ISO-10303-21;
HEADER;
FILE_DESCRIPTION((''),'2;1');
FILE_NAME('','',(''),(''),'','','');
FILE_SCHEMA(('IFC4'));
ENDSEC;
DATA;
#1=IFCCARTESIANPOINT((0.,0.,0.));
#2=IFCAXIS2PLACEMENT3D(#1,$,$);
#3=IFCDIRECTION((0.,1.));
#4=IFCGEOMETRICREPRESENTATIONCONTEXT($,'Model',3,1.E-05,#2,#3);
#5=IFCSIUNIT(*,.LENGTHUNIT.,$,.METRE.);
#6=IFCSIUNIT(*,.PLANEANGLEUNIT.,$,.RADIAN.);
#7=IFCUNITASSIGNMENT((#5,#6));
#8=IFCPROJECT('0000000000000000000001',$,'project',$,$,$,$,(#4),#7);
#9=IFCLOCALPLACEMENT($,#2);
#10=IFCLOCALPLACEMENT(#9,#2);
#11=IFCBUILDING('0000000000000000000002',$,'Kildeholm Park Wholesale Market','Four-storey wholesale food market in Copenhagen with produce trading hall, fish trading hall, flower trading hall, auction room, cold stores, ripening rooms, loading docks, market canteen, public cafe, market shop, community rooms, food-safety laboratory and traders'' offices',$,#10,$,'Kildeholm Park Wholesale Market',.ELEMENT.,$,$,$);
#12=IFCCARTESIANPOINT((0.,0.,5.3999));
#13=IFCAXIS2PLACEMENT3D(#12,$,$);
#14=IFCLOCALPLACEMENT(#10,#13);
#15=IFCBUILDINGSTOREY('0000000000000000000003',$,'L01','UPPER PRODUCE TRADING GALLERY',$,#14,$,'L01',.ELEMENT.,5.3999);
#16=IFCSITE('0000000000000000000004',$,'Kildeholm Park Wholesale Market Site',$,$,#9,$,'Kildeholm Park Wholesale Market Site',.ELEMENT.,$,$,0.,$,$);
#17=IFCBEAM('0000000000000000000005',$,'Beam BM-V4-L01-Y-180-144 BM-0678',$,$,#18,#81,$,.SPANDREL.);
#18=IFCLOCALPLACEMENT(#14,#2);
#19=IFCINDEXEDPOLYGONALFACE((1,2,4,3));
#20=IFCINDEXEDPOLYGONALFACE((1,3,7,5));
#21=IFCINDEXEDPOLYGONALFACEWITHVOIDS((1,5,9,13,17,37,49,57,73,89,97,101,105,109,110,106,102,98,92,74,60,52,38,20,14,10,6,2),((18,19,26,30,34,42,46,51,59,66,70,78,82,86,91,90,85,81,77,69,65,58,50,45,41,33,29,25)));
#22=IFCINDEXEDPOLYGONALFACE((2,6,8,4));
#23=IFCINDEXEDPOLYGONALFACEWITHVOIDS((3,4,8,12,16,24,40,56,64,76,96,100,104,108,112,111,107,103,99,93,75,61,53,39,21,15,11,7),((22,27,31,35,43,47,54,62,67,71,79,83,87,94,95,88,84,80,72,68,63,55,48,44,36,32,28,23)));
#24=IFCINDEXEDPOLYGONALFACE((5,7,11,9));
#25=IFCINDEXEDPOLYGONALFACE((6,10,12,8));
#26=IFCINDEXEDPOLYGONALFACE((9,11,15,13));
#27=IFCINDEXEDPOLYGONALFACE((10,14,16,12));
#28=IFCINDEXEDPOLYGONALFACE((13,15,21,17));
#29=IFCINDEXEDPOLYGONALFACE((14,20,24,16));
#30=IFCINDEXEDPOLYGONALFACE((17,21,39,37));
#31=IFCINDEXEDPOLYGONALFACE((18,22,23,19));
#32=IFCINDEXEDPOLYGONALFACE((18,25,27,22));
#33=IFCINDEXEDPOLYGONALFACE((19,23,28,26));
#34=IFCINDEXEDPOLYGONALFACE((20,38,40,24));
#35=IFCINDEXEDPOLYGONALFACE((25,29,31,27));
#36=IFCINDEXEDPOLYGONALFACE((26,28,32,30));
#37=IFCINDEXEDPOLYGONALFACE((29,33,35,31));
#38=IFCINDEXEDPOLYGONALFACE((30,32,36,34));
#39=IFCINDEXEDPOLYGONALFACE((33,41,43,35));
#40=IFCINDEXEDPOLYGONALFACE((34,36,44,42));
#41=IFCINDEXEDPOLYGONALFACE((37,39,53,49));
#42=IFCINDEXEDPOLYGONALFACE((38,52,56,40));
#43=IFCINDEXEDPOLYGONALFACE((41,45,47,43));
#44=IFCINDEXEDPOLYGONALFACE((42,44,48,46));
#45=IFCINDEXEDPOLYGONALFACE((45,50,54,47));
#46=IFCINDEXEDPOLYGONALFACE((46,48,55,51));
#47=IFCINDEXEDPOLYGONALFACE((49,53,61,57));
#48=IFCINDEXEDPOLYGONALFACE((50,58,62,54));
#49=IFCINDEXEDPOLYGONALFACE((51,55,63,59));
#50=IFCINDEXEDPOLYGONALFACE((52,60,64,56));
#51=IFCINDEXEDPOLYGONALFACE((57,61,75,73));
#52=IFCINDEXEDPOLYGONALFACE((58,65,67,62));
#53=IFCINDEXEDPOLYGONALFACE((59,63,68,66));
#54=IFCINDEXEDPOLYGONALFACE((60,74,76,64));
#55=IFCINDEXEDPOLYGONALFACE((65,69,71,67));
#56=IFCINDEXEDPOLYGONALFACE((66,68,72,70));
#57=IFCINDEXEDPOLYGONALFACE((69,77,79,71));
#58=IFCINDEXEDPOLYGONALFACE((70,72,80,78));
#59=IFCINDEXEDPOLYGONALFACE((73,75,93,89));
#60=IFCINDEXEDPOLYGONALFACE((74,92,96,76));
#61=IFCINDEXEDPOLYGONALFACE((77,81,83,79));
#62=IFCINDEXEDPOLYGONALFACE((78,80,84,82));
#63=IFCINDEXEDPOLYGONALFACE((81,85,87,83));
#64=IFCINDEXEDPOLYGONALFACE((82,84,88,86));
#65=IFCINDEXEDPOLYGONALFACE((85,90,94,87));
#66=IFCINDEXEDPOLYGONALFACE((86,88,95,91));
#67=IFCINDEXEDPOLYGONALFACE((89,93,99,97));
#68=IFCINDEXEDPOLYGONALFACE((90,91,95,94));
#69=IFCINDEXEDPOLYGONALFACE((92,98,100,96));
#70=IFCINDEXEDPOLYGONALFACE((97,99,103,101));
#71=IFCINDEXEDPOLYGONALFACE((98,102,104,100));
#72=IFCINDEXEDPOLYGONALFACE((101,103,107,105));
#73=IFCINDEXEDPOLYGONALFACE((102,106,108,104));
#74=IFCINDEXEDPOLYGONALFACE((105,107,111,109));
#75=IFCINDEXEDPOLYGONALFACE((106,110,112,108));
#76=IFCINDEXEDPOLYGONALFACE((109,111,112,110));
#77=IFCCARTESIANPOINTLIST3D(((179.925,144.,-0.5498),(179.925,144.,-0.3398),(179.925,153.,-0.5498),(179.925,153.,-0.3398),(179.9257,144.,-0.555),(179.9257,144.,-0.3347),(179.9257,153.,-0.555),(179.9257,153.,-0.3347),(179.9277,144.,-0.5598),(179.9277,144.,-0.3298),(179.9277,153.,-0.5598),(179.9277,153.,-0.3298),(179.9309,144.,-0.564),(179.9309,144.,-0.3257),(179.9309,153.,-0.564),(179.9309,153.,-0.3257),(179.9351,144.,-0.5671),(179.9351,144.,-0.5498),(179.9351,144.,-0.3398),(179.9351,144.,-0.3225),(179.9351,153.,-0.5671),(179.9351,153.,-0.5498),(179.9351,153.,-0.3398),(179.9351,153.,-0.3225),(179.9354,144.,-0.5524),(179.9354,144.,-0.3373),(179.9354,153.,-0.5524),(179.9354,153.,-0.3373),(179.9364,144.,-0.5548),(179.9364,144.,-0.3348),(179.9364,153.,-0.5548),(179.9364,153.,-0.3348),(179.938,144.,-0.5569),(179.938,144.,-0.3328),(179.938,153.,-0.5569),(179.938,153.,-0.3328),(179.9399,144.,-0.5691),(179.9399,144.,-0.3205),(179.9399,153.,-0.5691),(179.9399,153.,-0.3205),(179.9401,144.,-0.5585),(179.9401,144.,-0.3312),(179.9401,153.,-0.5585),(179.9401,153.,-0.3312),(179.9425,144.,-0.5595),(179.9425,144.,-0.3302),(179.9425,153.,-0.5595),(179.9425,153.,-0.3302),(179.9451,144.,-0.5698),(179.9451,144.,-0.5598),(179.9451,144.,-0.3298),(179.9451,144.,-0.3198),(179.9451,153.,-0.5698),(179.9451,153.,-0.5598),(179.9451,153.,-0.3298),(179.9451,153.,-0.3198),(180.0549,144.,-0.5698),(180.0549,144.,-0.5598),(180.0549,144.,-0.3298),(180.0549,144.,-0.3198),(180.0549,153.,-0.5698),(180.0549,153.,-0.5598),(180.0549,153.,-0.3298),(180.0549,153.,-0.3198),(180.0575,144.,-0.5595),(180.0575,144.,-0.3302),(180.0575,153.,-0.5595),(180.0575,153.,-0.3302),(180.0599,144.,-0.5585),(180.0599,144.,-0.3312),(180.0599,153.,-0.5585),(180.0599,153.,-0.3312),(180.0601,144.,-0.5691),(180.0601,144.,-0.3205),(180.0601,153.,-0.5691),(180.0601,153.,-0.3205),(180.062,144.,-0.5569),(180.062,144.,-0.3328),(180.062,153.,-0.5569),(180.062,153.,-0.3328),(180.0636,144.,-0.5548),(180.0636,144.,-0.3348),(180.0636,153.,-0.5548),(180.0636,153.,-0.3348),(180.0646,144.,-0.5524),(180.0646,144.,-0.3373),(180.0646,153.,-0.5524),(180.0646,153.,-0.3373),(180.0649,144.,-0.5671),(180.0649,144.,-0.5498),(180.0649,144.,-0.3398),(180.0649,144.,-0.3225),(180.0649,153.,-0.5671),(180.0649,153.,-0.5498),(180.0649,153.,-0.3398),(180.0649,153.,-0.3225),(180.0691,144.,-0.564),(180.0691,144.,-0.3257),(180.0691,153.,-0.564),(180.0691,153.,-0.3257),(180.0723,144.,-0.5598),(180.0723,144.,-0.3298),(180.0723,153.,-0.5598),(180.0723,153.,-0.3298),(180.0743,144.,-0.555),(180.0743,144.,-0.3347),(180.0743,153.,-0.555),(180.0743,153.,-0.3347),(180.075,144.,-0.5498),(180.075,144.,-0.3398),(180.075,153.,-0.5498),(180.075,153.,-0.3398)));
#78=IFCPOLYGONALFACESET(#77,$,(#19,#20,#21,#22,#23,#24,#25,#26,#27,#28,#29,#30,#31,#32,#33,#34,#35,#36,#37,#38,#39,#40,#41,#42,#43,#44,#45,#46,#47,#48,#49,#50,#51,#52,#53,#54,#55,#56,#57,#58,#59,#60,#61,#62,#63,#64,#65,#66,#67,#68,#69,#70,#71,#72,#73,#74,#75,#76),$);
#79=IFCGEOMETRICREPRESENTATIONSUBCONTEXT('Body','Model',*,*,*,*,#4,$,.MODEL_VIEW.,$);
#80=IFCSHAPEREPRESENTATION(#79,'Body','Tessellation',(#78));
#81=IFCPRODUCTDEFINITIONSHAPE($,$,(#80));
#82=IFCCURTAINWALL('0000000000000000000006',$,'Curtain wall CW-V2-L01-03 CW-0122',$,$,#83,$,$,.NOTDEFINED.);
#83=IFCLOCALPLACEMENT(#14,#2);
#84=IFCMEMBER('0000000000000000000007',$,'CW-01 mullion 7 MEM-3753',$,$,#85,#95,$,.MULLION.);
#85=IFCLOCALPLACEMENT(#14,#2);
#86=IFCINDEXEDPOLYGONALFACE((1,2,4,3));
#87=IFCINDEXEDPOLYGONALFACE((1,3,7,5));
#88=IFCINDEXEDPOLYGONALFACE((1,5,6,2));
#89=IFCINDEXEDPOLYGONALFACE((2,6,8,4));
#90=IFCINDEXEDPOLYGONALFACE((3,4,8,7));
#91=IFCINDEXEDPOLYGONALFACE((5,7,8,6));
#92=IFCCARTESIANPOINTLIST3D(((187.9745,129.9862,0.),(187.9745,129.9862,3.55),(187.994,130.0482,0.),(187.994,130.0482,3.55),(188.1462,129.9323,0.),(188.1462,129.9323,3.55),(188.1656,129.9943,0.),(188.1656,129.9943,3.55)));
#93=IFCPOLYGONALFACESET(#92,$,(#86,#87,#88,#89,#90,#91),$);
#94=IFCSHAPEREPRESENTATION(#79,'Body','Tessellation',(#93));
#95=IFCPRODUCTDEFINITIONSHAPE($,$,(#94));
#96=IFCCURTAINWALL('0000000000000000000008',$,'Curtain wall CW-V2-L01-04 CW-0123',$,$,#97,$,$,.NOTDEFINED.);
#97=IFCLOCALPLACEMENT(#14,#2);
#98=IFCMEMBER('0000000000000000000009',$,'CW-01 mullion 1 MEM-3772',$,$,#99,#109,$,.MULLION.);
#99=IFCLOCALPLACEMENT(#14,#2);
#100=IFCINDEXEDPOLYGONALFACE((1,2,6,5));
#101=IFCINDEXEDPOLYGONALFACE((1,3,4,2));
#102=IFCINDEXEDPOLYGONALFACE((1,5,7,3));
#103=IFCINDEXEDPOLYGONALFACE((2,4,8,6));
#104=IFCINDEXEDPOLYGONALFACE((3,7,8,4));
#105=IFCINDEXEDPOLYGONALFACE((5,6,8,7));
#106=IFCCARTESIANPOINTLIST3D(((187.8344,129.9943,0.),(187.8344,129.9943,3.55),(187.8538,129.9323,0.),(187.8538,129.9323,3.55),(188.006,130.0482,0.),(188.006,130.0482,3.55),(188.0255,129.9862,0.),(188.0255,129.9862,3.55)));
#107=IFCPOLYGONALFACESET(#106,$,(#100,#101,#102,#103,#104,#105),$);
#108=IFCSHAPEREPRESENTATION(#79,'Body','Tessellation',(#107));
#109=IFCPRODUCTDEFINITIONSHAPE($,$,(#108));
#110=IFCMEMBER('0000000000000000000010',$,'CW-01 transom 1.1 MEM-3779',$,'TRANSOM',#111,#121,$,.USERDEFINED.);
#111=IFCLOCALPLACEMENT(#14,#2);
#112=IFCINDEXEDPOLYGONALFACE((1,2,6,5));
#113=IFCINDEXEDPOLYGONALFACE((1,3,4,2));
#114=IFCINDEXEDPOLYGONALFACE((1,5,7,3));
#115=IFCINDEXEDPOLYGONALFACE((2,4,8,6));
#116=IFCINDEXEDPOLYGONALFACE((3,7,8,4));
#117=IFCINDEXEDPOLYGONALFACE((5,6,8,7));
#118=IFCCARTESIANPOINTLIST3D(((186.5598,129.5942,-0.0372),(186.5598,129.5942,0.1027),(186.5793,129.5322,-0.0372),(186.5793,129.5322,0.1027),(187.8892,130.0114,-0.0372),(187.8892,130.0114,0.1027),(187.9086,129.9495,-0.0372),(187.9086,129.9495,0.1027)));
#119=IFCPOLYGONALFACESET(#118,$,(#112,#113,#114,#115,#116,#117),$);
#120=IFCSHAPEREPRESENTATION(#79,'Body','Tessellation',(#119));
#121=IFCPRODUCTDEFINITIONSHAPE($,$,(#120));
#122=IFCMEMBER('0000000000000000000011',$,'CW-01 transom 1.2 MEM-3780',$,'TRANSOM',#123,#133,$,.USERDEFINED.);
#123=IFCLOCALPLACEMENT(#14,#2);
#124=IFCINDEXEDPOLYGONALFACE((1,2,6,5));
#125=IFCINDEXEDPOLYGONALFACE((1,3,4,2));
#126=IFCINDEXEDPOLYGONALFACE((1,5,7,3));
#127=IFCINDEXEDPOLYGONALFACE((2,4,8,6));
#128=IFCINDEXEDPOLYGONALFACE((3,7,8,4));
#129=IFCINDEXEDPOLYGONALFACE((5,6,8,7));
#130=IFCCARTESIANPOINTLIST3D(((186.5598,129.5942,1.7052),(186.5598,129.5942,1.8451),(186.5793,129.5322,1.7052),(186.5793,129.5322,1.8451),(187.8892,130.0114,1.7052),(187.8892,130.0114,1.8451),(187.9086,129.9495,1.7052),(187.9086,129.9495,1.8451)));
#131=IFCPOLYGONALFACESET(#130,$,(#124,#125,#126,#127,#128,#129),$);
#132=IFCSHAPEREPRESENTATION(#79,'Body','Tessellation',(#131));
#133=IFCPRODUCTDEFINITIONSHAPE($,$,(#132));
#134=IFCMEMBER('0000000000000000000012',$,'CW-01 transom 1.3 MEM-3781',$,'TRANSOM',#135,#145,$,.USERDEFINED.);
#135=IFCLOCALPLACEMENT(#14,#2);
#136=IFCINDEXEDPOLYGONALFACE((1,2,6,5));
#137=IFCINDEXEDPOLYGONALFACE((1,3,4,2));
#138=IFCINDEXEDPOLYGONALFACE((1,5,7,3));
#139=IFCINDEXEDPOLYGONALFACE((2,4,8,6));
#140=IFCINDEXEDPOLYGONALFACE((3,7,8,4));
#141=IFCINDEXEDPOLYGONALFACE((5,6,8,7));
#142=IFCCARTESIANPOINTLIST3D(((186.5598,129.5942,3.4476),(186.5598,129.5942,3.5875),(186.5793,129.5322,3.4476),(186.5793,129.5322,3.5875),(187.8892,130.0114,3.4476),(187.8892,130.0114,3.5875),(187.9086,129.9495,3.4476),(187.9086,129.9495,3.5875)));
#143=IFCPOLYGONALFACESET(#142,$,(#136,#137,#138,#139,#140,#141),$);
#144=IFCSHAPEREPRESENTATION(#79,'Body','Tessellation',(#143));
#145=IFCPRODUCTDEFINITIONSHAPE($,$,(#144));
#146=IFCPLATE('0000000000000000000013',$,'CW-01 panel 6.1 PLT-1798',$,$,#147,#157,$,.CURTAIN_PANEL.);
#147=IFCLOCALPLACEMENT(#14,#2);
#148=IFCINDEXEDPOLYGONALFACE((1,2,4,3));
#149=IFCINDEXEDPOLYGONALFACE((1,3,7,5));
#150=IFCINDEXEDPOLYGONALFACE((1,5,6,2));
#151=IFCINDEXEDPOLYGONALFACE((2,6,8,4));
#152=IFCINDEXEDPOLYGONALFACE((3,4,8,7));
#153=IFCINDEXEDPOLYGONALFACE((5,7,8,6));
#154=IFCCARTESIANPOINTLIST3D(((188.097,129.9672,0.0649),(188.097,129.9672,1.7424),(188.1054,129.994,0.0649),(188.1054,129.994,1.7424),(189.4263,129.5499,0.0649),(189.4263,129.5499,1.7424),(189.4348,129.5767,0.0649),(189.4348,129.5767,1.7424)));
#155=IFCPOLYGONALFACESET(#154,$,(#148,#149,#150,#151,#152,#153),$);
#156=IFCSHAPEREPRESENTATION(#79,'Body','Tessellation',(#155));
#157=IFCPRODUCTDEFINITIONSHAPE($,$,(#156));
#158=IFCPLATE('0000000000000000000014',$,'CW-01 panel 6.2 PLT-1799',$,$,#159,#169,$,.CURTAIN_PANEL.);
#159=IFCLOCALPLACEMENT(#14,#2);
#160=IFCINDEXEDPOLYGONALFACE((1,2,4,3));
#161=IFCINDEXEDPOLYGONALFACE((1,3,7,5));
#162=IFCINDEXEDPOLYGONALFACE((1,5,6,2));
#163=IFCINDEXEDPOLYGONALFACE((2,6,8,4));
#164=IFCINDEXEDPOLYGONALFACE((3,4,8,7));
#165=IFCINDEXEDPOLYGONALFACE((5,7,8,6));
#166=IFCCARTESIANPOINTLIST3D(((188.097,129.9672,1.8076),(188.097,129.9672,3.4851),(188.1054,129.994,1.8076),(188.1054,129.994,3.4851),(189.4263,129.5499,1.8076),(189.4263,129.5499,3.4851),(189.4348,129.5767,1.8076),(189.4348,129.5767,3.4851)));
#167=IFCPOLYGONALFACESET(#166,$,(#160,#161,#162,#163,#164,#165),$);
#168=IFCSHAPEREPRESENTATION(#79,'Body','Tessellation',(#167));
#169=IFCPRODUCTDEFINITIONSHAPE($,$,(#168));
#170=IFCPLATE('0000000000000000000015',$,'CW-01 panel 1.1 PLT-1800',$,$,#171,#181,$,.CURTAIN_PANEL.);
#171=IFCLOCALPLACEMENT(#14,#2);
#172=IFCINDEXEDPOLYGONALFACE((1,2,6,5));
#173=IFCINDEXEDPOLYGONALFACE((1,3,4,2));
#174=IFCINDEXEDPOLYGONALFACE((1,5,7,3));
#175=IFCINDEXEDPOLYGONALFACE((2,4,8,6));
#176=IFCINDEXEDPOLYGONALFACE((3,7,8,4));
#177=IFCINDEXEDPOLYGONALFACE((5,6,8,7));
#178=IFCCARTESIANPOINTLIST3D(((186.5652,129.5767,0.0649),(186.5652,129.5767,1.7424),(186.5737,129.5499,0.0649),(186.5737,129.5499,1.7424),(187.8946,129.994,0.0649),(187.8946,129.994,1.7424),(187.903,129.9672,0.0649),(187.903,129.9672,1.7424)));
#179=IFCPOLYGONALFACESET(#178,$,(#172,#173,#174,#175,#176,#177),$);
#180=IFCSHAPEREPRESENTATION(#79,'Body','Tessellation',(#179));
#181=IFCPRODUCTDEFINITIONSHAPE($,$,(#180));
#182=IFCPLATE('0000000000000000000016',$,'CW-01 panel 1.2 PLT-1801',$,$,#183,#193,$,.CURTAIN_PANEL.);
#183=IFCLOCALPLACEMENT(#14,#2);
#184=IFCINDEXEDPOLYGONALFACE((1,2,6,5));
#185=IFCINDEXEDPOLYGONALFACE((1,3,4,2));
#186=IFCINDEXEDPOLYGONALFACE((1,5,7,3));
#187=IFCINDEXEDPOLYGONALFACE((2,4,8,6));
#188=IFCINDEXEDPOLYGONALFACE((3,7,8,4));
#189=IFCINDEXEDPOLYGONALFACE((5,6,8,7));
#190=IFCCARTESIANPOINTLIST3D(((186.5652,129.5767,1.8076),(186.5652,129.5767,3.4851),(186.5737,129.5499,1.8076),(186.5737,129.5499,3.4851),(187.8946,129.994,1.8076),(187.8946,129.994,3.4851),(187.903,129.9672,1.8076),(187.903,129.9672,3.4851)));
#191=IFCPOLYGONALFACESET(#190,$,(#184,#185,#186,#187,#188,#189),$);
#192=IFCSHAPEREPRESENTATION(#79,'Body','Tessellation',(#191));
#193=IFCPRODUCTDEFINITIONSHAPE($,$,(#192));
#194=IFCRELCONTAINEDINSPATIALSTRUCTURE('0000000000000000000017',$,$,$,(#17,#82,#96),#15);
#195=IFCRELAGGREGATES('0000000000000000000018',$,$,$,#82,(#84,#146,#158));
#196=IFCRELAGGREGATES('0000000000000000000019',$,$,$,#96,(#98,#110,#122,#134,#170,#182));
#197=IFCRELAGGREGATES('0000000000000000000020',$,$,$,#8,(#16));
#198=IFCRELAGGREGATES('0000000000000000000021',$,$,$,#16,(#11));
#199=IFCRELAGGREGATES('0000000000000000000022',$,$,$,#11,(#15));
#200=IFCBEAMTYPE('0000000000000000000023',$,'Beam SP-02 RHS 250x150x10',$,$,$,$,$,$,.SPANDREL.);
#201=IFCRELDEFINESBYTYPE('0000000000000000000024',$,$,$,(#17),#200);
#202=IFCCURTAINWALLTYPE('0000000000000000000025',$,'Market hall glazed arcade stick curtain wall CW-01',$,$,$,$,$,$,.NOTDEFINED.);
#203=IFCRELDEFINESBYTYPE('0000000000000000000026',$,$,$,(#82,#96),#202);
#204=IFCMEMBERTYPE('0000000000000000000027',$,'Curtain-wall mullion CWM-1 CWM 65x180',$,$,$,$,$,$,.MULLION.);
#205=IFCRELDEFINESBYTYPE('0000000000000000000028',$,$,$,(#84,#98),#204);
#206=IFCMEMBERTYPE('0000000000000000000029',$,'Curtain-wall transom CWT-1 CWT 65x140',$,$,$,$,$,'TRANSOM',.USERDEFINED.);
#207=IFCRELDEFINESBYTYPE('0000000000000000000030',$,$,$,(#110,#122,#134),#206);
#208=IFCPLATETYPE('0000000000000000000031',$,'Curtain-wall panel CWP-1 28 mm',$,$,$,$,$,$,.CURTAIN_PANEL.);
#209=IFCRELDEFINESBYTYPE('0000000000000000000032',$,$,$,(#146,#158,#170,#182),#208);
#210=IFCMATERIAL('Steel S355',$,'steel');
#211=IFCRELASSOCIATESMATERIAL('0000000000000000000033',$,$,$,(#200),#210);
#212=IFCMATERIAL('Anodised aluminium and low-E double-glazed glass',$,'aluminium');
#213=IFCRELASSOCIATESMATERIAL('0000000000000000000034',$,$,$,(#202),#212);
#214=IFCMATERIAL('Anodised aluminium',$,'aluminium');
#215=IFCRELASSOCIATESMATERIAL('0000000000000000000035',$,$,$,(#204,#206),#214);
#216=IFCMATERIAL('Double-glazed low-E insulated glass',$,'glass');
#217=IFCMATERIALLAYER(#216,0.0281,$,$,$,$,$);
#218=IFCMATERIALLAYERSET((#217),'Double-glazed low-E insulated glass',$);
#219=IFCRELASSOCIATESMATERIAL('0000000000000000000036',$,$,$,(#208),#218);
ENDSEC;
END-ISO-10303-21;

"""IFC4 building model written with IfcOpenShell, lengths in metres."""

from ifc_helpers import new_model, si_unit, direction, frame, origin, origin_2d, place, context, subcontext, project, spatial, rectangle, hollow_rectangle, extrude, material, layer, layer_set, material_profile, profile_set, type_object, element, aggregate, save


model = new_model("IFC4")

# Units and contexts
model_context = context("Model", 3, precision=1e-05, world=origin(), true_north=direction((0.0, 1.0)))
body_context = subcontext(model_context, "Body", "Model", "MODEL_VIEW")
ifc_project = project(units=[si_unit("LENGTHUNIT", "METRE"), si_unit("PLANEANGLEUNIT", "RADIAN")], contexts=[model_context])

# Site, building, storey
site_placement = place(None, origin())
site = spatial("IfcSite", under=ifc_project, at=site_placement, Name="Kildeholm Park Wholesale Market Site", LongName="Kildeholm Park Wholesale Market Site", CompositionType="ELEMENT", RefElevation=0.0)
building_placement = place(site_placement, origin())
building = spatial("IfcBuilding", under=site, at=building_placement, Name="Kildeholm Park Wholesale Market", Description="Four-storey wholesale food market in Copenhagen with produce trading hall, fish trading hall, flower trading hall, auction room, cold stores, ripening rooms, loading docks, market canteen, public cafe, market shop, community rooms, food-safety laboratory and traders' offices", LongName="Kildeholm Park Wholesale Market", CompositionType="ELEMENT")
storey_placement = place(building_placement, frame((0.0, 0.0, 5.3999)))
storey = spatial("IfcBuildingStorey", under=building, at=storey_placement, Name="L01", Description="UPPER PRODUCE TRADING GALLERY", LongName="L01", CompositionType="ELEMENT", Elevation=5.3999)

# Shared definitions
ifc_material_1 = material(Name="Steel S355", Category="steel")

# Beam
ifc_material_profile_1 = material_profile(ifc_material_1, hollow_rectangle(XDim=0.1499, YDim=0.25, WallThickness=0.01, InnerFilletRadius=0.01, OuterFilletRadius=0.02, at=origin_2d()), Name="RHS 250x150x10")
ifc_profile_set_1 = profile_set([ifc_material_profile_1], Name="Steel S355")
beam_type_1 = type_object("IfcBeamType", Name="Beam SP-02 RHS 250x150x10", PredefinedType="SPANDREL", material=ifc_profile_set_1)
beam_1_placement = place(storey_placement, frame((180.0, 144.0, -0.4448), z_axis=(0.0, 1.0, 0.0), x_axis=(-1.0, 0.0, 0.0)))
element("IfcBeam", 1, at=beam_1_placement, inside=storey, type_object=beam_type_1, Name="Beam BM-V4-L01-Y-180-144 BM-0678", PredefinedType="SPANDREL", context=body_context, shape_type="SweptSolid", body=[
    extrude(hollow_rectangle(XDim=0.1499, YDim=0.25, WallThickness=0.01, InnerFilletRadius=0.01, OuterFilletRadius=0.02, at=origin_2d()), origin(), (0.0, 0.0, 1.0), 9.0),
])

# Curtain wall, member
ifc_material_2 = material(Name="Anodised aluminium and low-E double-glazed glass", Category="aluminium")
curtain_wall_type = type_object("IfcCurtainWallType", Name="Market hall glazed arcade stick curtain wall CW-01", PredefinedType="NOTDEFINED", material=ifc_material_2)
curtain_wall_1_placement = place(storey_placement, origin())
curtain_wall_1 = element("IfcCurtainWall", 2, at=curtain_wall_1_placement, inside=storey, type_object=curtain_wall_type, Name="Curtain wall CW-V2-L01-03 CW-0122", PredefinedType="NOTDEFINED")
ifc_material_3 = material(Name="Anodised aluminium", Category="aluminium")
ifc_material_profile_2 = material_profile(ifc_material_3, rectangle(XDim=0.0649, YDim=0.1799, at=origin_2d()), Name="CWM 65x180")
ifc_profile_set_2 = profile_set([ifc_material_profile_2], Name="Anodised aluminium")
member_type_1 = type_object("IfcMemberType", Name="Curtain-wall mullion CWM-1 CWM 65x180", PredefinedType="MULLION", material=ifc_profile_set_2)
member_1_placement = place(storey_placement, frame((188.0701, 129.9902, 0.0), z_axis=(0.0, 0.0, 1.0), x_axis=(-0.299478, -0.954103, 0.0)))
member_1 = element("IfcMember", 3, at=member_1_placement, type_object=member_type_1, Name="CW-01 mullion 7 MEM-3753", PredefinedType="MULLION", context=body_context, shape_type="SweptSolid", body=[
    extrude(rectangle(XDim=0.0649, YDim=0.1799, at=origin_2d()), origin(), (0.0, 0.0, 1.0), 3.55),
])

# Curtain wall, members
curtain_wall_2_placement = place(storey_placement, origin())
curtain_wall_2 = element("IfcCurtainWall", 4, at=curtain_wall_2_placement, inside=storey, type_object=curtain_wall_type, Name="Curtain wall CW-V2-L01-04 CW-0123", PredefinedType="NOTDEFINED")
member_2_placement = place(storey_placement, frame((187.9299, 129.9902, 0.0), z_axis=(0.0, 0.0, 1.0), x_axis=(0.299478, -0.954103, 0.0)))
member_2 = element("IfcMember", 5, at=member_2_placement, type_object=member_type_1, Name="CW-01 mullion 1 MEM-3772", PredefinedType="MULLION", context=body_context, shape_type="SweptSolid", body=[
    extrude(rectangle(XDim=0.0649, YDim=0.1799, at=origin_2d()), origin(), (0.0, 0.0, 1.0), 3.55),
])
ifc_material_profile_3 = material_profile(ifc_material_3, rectangle(XDim=0.0649, YDim=0.1399, at=origin_2d()), Name="CWT 65x140")
ifc_profile_set_3 = profile_set([ifc_material_profile_3], Name="Anodised aluminium")
member_type_2 = type_object("IfcMemberType", Name="Curtain-wall transom CWT-1 CWT 65x140", ElementType="TRANSOM", PredefinedType="USERDEFINED", material=ifc_profile_set_3)
member_3_placement = place(storey_placement, frame((187.8989, 129.9805, 0.0327), z_axis=(-0.954108, -0.299462, 0.0), x_axis=(0.299462, -0.954108, 0.0)))
member_3 = element("IfcMember", 6, at=member_3_placement, type_object=member_type_2, Name="CW-01 transom 1.1 MEM-3779", ObjectType="TRANSOM", PredefinedType="USERDEFINED", context=body_context, shape_type="SweptSolid", body=[
    extrude(rectangle(XDim=0.0649, YDim=0.1399, at=origin_2d()), origin(), (0.0, 0.0, 1.0), 1.3933),
])
member_4_placement = place(storey_placement, frame((187.8989, 129.9805, 1.7751), z_axis=(-0.954108, -0.299462, 0.0), x_axis=(0.299462, -0.954108, 0.0)))
member_4 = element("IfcMember", 7, at=member_4_placement, type_object=member_type_2, Name="CW-01 transom 1.2 MEM-3780", ObjectType="TRANSOM", PredefinedType="USERDEFINED", context=body_context, shape_type="SweptSolid", body=[
    extrude(rectangle(XDim=0.0649, YDim=0.1399, at=origin_2d()), origin(), (0.0, 0.0, 1.0), 1.3933),
])
member_5_placement = place(storey_placement, frame((187.8989, 129.9805, 3.5176), z_axis=(-0.954108, -0.299462, 0.0), x_axis=(0.299462, -0.954108, 0.0)))
member_5 = element("IfcMember", 8, at=member_5_placement, type_object=member_type_2, Name="CW-01 transom 1.3 MEM-3781", ObjectType="TRANSOM", PredefinedType="USERDEFINED", context=body_context, shape_type="SweptSolid", body=[
    extrude(rectangle(XDim=0.0649, YDim=0.1399, at=origin_2d()), origin(), (0.0, 0.0, 1.0), 1.3933),
])

# Plates
ifc_material_4 = material(Name="Double-glazed low-E insulated glass", Category="glass")
ifc_layer_1 = layer(ifc_material_4, 0.0281)
ifc_layer_set_1 = layer_set([ifc_layer_1], Name="Double-glazed low-E insulated glass")
plate_type = type_object("IfcPlateType", Name="Curtain-wall panel CWP-1 28 mm", PredefinedType="CURTAIN_PANEL", material=ifc_layer_set_1)
plate_1_placement = place(storey_placement, frame((188.7659, 129.772, 0.0649), z_axis=(0.0, 0.0, 1.0), x_axis=(-0.954103, 0.299478, 0.0)))
plate_1 = element("IfcPlate", 9, at=plate_1_placement, type_object=plate_type, Name="CW-01 panel 6.1 PLT-1798", PredefinedType="CURTAIN_PANEL", context=body_context, shape_type="SweptSolid", body=[
    extrude(rectangle(XDim=1.3933, YDim=0.0281, at=origin_2d()), origin(), (0.0, 0.0, 1.0), 1.6775),
])
plate_2_placement = place(storey_placement, frame((188.7659, 129.772, 1.8076), z_axis=(0.0, 0.0, 1.0), x_axis=(-0.954103, 0.299478, 0.0)))
plate_2 = element("IfcPlate", 10, at=plate_2_placement, type_object=plate_type, Name="CW-01 panel 6.2 PLT-1799", PredefinedType="CURTAIN_PANEL", context=body_context, shape_type="SweptSolid", body=[
    extrude(rectangle(XDim=1.3933, YDim=0.0281, at=origin_2d()), origin(), (0.0, 0.0, 1.0), 1.6775),
])
aggregate(curtain_wall_1, [member_1, plate_1, plate_2])
plate_3_placement = place(storey_placement, frame((187.2341, 129.772, 0.0649), z_axis=(0.0, 0.0, 1.0), x_axis=(-0.954103, -0.299478, 0.0)))
plate_3 = element("IfcPlate", 11, at=plate_3_placement, type_object=plate_type, Name="CW-01 panel 1.1 PLT-1800", PredefinedType="CURTAIN_PANEL", context=body_context, shape_type="SweptSolid", body=[
    extrude(rectangle(XDim=1.3933, YDim=0.0281, at=origin_2d()), origin(), (0.0, 0.0, 1.0), 1.6775),
])
plate_4_placement = place(storey_placement, frame((187.2341, 129.772, 1.8076), z_axis=(0.0, 0.0, 1.0), x_axis=(-0.954103, -0.299478, 0.0)))
plate_4 = element("IfcPlate", 12, at=plate_4_placement, type_object=plate_type, Name="CW-01 panel 1.2 PLT-1801", PredefinedType="CURTAIN_PANEL", context=body_context, shape_type="SweptSolid", body=[
    extrude(rectangle(XDim=1.3933, YDim=0.0281, at=origin_2d()), origin(), (0.0, 0.0, 1.0), 1.6775),
])
aggregate(curtain_wall_2, [member_2, member_3, member_4, member_5, plate_3, plate_4])

save(model, "model.ifc")
